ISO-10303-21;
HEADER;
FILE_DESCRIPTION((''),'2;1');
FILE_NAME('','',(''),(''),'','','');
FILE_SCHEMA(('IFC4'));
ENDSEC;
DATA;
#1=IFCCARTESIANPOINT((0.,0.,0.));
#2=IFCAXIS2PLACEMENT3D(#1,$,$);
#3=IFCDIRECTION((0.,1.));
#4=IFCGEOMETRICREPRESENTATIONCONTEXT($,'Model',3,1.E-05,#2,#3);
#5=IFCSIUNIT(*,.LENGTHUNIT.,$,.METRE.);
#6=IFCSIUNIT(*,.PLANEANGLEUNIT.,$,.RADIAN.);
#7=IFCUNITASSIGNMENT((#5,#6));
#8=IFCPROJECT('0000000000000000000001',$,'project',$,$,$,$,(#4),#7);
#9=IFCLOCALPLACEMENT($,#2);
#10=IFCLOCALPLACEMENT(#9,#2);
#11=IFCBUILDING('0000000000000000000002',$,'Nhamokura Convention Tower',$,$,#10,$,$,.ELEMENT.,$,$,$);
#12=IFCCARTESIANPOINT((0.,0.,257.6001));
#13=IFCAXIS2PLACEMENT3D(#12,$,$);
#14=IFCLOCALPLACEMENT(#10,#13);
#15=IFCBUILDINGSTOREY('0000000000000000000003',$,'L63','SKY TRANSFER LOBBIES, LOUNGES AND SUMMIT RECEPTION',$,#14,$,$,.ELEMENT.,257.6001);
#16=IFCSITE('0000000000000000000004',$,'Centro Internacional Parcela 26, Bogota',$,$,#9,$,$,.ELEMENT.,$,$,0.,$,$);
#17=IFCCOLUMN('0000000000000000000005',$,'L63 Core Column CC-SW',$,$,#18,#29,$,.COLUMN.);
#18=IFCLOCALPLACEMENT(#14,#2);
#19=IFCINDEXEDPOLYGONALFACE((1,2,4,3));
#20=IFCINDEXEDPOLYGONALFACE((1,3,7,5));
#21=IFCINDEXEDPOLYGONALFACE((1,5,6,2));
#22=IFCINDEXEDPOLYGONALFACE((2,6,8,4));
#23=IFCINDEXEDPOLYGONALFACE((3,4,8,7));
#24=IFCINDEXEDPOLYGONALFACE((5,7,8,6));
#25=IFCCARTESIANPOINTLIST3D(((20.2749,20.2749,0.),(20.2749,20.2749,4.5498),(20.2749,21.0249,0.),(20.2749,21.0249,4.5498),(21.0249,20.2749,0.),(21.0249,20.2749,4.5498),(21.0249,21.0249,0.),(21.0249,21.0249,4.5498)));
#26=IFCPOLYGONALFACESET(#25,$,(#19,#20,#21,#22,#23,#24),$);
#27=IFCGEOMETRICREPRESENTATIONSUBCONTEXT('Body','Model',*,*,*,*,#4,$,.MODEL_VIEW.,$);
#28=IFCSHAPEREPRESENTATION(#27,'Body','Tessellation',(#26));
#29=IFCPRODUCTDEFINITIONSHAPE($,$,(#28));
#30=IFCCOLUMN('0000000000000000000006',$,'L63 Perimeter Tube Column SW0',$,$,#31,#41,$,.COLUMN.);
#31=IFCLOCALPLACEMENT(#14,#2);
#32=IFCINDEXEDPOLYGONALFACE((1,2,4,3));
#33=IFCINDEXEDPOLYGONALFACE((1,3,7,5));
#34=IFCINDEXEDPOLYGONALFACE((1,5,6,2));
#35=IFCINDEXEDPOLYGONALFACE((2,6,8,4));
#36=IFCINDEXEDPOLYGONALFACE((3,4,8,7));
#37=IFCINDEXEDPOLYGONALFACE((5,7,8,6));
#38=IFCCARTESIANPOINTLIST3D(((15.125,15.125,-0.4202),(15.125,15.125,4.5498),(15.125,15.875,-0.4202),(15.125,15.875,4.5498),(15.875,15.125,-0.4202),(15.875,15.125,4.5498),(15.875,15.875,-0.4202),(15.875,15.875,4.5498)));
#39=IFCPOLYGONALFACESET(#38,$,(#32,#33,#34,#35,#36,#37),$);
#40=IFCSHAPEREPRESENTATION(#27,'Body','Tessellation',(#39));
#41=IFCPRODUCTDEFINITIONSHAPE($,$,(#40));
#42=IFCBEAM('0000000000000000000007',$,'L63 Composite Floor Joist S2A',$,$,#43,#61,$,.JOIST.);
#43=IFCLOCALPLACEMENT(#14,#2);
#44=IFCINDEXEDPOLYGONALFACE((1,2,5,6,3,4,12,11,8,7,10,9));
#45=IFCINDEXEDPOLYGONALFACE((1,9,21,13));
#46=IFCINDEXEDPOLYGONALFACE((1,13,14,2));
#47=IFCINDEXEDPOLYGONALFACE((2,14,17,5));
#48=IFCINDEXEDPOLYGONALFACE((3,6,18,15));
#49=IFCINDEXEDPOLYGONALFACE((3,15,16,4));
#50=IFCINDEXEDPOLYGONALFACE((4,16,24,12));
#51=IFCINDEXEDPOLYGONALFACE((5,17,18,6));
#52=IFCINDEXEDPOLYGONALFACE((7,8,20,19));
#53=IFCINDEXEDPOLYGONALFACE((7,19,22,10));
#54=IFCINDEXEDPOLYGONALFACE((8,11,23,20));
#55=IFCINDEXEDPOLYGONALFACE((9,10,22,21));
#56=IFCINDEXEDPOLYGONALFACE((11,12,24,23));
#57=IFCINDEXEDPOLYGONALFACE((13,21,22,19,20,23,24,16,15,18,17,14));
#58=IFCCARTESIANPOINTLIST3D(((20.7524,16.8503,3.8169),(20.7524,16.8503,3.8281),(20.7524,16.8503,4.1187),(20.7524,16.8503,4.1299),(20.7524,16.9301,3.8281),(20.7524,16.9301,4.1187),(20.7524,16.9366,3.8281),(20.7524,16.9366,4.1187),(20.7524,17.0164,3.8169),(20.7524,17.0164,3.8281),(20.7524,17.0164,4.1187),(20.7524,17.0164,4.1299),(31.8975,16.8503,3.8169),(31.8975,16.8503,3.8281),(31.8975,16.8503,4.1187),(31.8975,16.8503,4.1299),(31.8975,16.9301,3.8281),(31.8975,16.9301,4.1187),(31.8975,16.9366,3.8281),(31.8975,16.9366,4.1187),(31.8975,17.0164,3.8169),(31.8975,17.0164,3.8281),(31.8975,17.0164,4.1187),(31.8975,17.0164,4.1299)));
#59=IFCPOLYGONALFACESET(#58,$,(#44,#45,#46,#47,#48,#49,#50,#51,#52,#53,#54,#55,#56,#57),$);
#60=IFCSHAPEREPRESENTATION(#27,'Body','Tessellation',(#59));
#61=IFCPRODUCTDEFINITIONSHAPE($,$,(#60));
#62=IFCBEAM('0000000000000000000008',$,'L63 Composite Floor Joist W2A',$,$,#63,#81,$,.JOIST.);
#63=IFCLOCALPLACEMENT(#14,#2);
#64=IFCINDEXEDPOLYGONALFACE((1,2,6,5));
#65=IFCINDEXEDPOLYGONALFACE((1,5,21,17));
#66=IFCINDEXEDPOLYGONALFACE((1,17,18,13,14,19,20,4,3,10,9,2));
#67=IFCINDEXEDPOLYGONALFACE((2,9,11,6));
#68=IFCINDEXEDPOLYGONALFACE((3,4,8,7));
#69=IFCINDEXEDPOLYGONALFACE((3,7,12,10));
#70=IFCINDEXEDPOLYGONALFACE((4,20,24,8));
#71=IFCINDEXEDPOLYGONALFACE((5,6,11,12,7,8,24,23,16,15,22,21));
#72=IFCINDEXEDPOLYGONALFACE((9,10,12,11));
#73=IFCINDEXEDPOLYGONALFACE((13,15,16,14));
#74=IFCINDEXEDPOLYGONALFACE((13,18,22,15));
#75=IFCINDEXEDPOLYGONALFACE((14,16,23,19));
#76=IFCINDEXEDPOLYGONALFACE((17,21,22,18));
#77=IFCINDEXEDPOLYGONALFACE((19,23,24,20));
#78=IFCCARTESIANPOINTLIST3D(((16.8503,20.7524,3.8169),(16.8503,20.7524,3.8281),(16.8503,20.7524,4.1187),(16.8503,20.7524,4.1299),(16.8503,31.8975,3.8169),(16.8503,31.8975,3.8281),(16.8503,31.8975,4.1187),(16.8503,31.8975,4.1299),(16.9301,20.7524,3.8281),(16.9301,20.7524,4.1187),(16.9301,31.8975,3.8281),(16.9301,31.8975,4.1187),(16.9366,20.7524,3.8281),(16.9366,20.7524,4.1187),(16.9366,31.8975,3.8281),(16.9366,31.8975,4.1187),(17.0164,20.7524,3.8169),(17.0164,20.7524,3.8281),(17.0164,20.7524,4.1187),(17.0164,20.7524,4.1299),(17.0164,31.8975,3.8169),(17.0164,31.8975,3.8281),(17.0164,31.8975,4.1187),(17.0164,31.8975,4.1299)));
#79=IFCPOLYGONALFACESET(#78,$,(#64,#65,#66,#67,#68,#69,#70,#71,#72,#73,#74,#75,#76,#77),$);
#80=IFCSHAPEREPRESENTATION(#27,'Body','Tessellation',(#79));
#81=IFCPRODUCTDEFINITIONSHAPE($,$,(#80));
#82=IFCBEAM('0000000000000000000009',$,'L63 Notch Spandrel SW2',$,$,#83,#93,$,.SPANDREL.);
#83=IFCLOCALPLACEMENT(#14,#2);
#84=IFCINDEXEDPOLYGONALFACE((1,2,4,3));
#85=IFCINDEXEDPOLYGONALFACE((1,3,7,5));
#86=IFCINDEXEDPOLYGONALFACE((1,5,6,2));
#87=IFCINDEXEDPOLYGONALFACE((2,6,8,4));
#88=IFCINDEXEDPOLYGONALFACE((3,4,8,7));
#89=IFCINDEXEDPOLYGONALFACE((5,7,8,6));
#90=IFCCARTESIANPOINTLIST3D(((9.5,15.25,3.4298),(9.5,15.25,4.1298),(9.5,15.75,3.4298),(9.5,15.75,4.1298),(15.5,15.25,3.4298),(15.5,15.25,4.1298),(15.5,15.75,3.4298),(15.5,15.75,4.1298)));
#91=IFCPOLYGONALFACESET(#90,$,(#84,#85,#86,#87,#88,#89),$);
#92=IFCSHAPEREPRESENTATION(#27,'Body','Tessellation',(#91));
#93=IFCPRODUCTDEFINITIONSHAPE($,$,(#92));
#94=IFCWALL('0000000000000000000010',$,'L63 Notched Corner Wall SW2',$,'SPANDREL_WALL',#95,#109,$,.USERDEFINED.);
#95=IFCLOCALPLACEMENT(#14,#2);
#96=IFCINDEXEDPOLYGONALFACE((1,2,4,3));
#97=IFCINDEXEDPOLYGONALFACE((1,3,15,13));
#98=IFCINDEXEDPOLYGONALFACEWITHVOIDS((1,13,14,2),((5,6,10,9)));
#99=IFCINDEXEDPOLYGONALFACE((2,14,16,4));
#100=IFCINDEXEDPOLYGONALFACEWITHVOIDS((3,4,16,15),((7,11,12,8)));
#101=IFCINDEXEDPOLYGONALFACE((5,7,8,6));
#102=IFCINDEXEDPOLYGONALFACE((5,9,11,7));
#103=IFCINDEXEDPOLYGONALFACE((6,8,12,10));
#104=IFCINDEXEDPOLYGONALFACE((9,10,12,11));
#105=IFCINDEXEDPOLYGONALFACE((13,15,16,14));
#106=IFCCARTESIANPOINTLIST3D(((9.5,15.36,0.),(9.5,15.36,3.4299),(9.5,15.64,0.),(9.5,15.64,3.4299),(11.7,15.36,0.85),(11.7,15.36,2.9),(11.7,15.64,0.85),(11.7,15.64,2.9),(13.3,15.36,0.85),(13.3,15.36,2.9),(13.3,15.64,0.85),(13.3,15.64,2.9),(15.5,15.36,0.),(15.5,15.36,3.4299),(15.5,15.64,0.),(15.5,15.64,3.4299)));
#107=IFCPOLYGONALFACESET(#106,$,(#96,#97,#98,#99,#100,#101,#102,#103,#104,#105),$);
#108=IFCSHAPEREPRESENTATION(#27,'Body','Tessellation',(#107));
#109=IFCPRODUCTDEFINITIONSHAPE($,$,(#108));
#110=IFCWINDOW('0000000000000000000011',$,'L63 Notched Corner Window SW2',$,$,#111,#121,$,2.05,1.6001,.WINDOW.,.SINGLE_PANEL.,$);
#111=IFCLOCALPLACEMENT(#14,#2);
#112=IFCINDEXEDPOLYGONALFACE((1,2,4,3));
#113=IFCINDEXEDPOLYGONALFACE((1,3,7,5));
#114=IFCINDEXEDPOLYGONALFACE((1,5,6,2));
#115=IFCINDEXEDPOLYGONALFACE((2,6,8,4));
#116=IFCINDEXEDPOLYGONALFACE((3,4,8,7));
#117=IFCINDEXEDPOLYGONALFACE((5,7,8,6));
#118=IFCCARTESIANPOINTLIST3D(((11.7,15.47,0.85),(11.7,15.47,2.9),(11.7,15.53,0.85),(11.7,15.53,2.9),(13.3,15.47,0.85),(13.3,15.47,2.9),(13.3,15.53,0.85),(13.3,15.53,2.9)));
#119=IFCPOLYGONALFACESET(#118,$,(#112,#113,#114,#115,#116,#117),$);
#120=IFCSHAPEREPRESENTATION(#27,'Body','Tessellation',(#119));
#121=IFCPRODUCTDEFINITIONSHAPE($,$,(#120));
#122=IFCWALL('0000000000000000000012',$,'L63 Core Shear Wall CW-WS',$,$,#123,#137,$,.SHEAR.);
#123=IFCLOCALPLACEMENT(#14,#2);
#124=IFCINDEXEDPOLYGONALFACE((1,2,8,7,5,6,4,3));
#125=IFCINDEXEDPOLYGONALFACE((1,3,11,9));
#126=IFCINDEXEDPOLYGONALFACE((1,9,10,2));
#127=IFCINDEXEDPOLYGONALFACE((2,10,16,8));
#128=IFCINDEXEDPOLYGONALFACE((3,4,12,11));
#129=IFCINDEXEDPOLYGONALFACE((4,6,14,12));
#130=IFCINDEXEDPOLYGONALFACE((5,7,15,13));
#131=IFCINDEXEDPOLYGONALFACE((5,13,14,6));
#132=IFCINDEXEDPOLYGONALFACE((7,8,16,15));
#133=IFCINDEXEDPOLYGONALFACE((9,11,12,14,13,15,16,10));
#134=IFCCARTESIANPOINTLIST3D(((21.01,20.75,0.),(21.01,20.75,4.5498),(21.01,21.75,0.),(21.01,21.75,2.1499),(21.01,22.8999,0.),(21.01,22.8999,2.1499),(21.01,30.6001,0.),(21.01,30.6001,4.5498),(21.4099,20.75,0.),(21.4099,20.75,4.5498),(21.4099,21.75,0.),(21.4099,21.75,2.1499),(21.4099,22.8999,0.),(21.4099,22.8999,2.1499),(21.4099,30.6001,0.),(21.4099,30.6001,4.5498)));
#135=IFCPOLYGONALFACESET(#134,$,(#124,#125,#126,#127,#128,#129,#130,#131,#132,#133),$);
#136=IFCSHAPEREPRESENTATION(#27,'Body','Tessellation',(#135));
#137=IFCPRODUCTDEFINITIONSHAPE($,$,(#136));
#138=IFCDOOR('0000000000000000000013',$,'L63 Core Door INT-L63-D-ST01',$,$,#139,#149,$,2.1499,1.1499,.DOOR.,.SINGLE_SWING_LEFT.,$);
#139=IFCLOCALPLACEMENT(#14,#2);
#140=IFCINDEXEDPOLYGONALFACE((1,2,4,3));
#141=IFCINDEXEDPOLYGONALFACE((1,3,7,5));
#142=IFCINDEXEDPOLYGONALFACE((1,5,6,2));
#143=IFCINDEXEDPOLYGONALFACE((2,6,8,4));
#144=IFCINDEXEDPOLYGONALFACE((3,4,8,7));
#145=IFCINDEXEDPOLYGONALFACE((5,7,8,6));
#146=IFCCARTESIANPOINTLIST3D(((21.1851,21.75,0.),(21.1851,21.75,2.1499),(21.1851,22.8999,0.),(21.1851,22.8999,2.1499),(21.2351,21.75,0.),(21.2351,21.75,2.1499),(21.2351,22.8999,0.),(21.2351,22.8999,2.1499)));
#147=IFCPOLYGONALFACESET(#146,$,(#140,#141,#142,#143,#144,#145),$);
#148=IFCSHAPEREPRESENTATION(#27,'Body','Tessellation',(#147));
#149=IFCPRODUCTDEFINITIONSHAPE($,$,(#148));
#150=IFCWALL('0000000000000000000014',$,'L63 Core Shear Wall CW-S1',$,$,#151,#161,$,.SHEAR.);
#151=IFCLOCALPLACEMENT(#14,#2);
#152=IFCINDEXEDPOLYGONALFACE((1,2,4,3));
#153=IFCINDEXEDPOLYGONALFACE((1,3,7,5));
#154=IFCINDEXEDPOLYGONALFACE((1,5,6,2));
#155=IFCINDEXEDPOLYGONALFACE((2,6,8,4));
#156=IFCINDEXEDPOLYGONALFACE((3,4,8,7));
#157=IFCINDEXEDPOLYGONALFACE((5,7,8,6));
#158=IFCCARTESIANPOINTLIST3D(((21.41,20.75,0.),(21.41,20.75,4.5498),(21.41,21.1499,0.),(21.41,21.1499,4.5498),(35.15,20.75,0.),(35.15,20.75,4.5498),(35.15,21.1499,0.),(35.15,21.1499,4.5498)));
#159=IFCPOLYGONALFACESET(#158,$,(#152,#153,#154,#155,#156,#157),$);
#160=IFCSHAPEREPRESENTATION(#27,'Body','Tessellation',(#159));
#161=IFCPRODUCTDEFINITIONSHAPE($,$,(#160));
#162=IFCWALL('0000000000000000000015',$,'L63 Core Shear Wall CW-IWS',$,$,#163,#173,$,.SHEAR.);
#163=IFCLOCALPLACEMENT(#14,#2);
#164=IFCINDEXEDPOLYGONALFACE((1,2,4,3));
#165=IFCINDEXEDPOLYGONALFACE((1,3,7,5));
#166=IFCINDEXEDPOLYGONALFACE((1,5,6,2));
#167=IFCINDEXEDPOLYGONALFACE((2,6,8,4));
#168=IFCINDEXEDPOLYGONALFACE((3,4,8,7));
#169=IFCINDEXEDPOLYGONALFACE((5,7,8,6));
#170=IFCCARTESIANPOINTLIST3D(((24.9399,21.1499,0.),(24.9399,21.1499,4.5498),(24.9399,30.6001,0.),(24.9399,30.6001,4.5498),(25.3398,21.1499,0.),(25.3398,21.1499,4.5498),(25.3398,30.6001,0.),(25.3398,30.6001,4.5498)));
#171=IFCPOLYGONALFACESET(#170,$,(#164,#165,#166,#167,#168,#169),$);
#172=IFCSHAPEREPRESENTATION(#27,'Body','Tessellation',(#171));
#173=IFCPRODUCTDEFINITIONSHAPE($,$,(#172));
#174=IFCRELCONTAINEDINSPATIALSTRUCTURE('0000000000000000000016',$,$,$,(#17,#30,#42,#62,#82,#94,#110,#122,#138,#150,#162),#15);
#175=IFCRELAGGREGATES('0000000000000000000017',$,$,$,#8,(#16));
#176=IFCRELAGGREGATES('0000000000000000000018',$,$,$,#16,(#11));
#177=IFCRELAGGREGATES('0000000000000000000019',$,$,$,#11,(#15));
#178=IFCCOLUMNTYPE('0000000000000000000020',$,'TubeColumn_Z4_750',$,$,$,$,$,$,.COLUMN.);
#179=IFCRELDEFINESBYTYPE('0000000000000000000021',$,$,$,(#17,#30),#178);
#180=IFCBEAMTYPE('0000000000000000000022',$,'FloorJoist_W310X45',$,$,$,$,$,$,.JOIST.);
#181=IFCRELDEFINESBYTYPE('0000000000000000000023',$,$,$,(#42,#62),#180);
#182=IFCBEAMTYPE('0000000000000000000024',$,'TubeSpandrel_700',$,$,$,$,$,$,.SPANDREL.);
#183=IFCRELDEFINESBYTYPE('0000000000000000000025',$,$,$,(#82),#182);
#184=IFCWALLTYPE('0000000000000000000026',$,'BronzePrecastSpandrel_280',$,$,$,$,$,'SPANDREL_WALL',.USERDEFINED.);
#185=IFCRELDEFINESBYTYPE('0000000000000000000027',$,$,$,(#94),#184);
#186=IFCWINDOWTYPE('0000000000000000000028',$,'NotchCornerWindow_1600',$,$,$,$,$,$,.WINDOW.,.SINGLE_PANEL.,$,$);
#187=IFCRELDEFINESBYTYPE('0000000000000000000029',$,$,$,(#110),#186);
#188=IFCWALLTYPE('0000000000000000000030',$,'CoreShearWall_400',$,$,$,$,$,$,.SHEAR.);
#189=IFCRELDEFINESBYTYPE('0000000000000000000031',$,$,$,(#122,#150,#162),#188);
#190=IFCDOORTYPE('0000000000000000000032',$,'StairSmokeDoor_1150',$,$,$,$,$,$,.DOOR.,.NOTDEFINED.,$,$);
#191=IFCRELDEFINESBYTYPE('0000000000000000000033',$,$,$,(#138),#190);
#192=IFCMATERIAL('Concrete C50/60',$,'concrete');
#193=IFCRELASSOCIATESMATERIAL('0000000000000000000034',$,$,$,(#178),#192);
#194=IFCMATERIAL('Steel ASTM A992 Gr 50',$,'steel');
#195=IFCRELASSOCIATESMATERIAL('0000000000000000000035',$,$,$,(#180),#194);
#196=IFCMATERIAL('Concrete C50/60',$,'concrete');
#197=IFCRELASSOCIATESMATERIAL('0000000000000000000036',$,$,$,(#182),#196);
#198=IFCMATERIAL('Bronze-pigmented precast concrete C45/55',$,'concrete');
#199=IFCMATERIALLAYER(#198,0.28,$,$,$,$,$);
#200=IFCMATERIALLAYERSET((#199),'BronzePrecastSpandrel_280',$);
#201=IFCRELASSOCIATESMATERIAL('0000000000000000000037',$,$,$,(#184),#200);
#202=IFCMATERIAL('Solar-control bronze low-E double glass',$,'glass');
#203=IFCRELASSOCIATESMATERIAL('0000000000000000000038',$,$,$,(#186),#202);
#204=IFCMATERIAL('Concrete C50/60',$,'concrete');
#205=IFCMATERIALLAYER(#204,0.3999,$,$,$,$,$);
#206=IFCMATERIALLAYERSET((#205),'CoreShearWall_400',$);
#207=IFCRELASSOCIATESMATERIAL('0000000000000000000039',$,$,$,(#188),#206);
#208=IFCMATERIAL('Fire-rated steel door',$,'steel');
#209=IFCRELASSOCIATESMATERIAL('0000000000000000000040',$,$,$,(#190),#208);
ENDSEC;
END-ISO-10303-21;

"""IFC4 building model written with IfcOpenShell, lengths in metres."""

from ifc_helpers import new_model, si_unit, direction, frame, frame_2d, origin, origin_2d, place, context, subcontext, project, spatial, rectangle, i_section, extrude, material, layer, layer_set, material_profile, profile_set, type_object, element, fill, save


model = new_model("IFC4")

# Units and contexts
model_context = context("Model", 3, precision=1e-05, world=origin(), true_north=direction((0.0, 1.0)))
body_context = subcontext(model_context, "Body", "Model", "MODEL_VIEW")
ifc_project = project(units=[si_unit("LENGTHUNIT", "METRE"), si_unit("PLANEANGLEUNIT", "RADIAN")], contexts=[model_context])

# Site, building, storey
site_placement = place(None, origin())
site = spatial("IfcSite", under=ifc_project, at=site_placement, Name="Centro Internacional Parcela 26, Bogota", CompositionType="ELEMENT", RefElevation=0.0)
building_placement = place(site_placement, origin())
building = spatial("IfcBuilding", under=site, at=building_placement, Name="Nhamokura Convention Tower", CompositionType="ELEMENT")
storey_placement = place(building_placement, frame((0.0, 0.0, 257.6001)))
storey = spatial("IfcBuildingStorey", under=building, at=storey_placement, Name="L63", Description="SKY TRANSFER LOBBIES, LOUNGES AND SUMMIT RECEPTION", CompositionType="ELEMENT", Elevation=257.6001)

# Columns
ifc_material_1 = material(Name="Concrete C50/60", Category="concrete")
ifc_material_profile_1 = material_profile(ifc_material_1, rectangle(XDim=0.75, YDim=0.75, at=origin_2d()))
ifc_profile_set_1 = profile_set([ifc_material_profile_1], Name="Concrete C50/60")
column_type = type_object("IfcColumnType", Name="TubeColumn_Z4_750", PredefinedType="COLUMN", material=ifc_profile_set_1)
column_1_placement = place(storey_placement, frame((20.6499, 20.6499, 0.0), z_axis=(0.0, 0.0, 1.0), x_axis=(1.0, 0.0, 0.0)))
element("IfcColumn", 1, at=column_1_placement, inside=storey, type_object=column_type, Name="L63 Core Column CC-SW", PredefinedType="COLUMN", context=body_context, shape_type="SweptSolid", body=[
    extrude(rectangle(XDim=0.75, YDim=0.75, at=origin_2d()), origin(), (0.0, 0.0, 1.0), 4.5498),
])
column_2_placement = place(storey_placement, frame((15.5, 15.5, -0.4202), z_axis=(0.0, 0.0, 1.0), x_axis=(1.0, 0.0, 0.0)))
element("IfcColumn", 2, at=column_2_placement, inside=storey, type_object=column_type, Name="L63 Perimeter Tube Column SW0", PredefinedType="COLUMN", context=body_context, shape_type="SweptSolid", body=[
    extrude(rectangle(XDim=0.75, YDim=0.75, at=origin_2d()), origin(), (0.0, 0.0, 1.0), 4.97),
])

# Beams
ifc_material_2 = material(Name="Steel ASTM A992 Gr 50", Category="steel")
ifc_material_profile_2 = material_profile(ifc_material_2, i_section(OverallWidth=0.166, OverallDepth=0.313, WebThickness=0.0066, FlangeThickness=0.0112, at=origin_2d()))
ifc_profile_set_2 = profile_set([ifc_material_profile_2], Name="Steel ASTM A992 Gr 50")
beam_type_1 = type_object("IfcBeamType", Name="FloorJoist_W310X45", PredefinedType="JOIST", material=ifc_profile_set_2)
for number, where, z_axis, x_axis, name in (
    (3, (20.7524, 16.9333, 3.9734), (1.0, 0.0, 0.0), (0.0, 1.0, 0.0), "L63 Composite Floor Joist S2A"),
    (4, (16.9333, 20.7524, 3.9734), (0.0, 1.0, 0.0), (-1.0, 0.0, 0.0), "L63 Composite Floor Joist W2A"),
):
    element("IfcBeam", number, at=place(storey_placement, frame(where, z_axis=z_axis, x_axis=x_axis)), inside=storey, type_object=beam_type_1, Name=name, PredefinedType="JOIST", context=body_context, shape_type="SweptSolid", body=[
        extrude(i_section(OverallWidth=0.166, OverallDepth=0.313, WebThickness=0.0066, FlangeThickness=0.0112, at=origin_2d()), origin(), (0.0, 0.0, 1.0), 11.145),
    ])
ifc_material_3 = material(Name="Concrete C50/60", Category="concrete")
ifc_material_profile_3 = material_profile(ifc_material_3, rectangle(XDim=0.5, YDim=0.7, at=origin_2d()))
ifc_profile_set_3 = profile_set([ifc_material_profile_3], Name="Concrete C50/60")
beam_type_2 = type_object("IfcBeamType", Name="TubeSpandrel_700", PredefinedType="SPANDREL", material=ifc_profile_set_3)
beam_placement = place(storey_placement, frame((15.5, 15.5, 3.7798), z_axis=(-1.0, 0.0, 0.0), x_axis=(0.0, -1.0, 0.0)))
element("IfcBeam", 5, at=beam_placement, inside=storey, type_object=beam_type_2, Name="L63 Notch Spandrel SW2", PredefinedType="SPANDREL", context=body_context, shape_type="SweptSolid", body=[
    extrude(rectangle(XDim=0.5, YDim=0.7, at=origin_2d()), origin(), (0.0, 0.0, 1.0), 6.0),
])

# Wall, opening, window
ifc_material_4 = material(Name="Bronze-pigmented precast concrete C45/55", Category="concrete")
ifc_layer_1 = layer(ifc_material_4, 0.28)
ifc_layer_set_1 = layer_set([ifc_layer_1], Name="BronzePrecastSpandrel_280")
wall_type_1 = type_object("IfcWallType", Name="BronzePrecastSpandrel_280", ElementType="SPANDREL_WALL", PredefinedType="USERDEFINED", material=ifc_layer_set_1)
wall_1_placement = place(storey_placement, frame((15.5, 15.5, 0.0), z_axis=(0.0, 0.0, 1.0), x_axis=(-1.0, 0.0, 0.0)))
wall_1 = element("IfcWall", 6, at=wall_1_placement, inside=storey, type_object=wall_type_1, Name="L63 Notched Corner Wall SW2", ObjectType="SPANDREL_WALL", PredefinedType="USERDEFINED", context=body_context, shape_type="SweptSolid", body=[
    extrude(rectangle(XDim=6.0, YDim=0.28, at=frame_2d((3.0, 0.0))), origin(), (0.0, 0.0, 1.0), 3.4299),
])
opening_1_placement = place(wall_1_placement, frame((2.2, 0.0, 0.8501)))
opening_1 = element("IfcOpeningElement", 7, at=opening_1_placement, cuts=wall_1, PredefinedType="OPENING", context=body_context, shape_type="SweptSolid", body=[
    extrude(rectangle(XDim=1.6001, YDim=2.05, at=frame_2d((0.8, 1.0249))), frame((0.0, 0.1499, 0.0), z_axis=(0.0, -1.0, 0.0), x_axis=(1.0, 0.0, 0.0)), (0.0, 0.0, 1.0), 0.3),
])
ifc_material_5 = material(Name="Solar-control bronze low-E double glass", Category="glass")
window_type = type_object("IfcWindowType", Name="NotchCornerWindow_1600", PartitioningType="SINGLE_PANEL", PredefinedType="WINDOW", material=ifc_material_5)
window_placement = place(opening_1_placement, origin())
window = element("IfcWindow", 8, at=window_placement, inside=storey, type_object=window_type, Name="L63 Notched Corner Window SW2", OverallHeight=2.05, OverallWidth=1.6001, PartitioningType="SINGLE_PANEL", PredefinedType="WINDOW", context=body_context, shape_type="SweptSolid", body=[
    extrude(rectangle(XDim=1.6001, YDim=2.05, at=frame_2d((0.8, 1.0249))), frame((0.0, 0.03, 0.0), z_axis=(0.0, -1.0, 0.0), x_axis=(1.0, 0.0, 0.0)), (0.0, 0.0, 1.0), 0.0601),
])
fill(opening_1, window)

# Wall, opening, door
ifc_material_6 = material(Name="Concrete C50/60", Category="concrete")
ifc_layer_2 = layer(ifc_material_6, 0.3999)
ifc_layer_set_2 = layer_set([ifc_layer_2], Name="CoreShearWall_400")
wall_type_2 = type_object("IfcWallType", Name="CoreShearWall_400", PredefinedType="SHEAR", material=ifc_layer_set_2)
wall_2_placement = place(storey_placement, frame((21.21, 20.75, 0.0), z_axis=(0.0, 0.0, 1.0), x_axis=(0.0, 1.0, 0.0)))
wall_2 = element("IfcWall", 9, at=wall_2_placement, inside=storey, type_object=wall_type_2, Name="L63 Core Shear Wall CW-WS", PredefinedType="SHEAR", context=body_context, shape_type="SweptSolid", body=[
    extrude(rectangle(XDim=9.8501, YDim=0.3999, at=frame_2d((4.925, 0.0))), origin(), (0.0, 0.0, 1.0), 4.5498),
])
opening_2_placement = place(wall_2_placement, frame((1.0, 0.0, 0.0)))
opening_2 = element("IfcOpeningElement", 10, at=opening_2_placement, cuts=wall_2, PredefinedType="OPENING", context=body_context, shape_type="SweptSolid", body=[
    extrude(rectangle(XDim=1.1499, YDim=2.1499, at=frame_2d((0.575, 1.075))), frame((0.0, 0.21, 0.0), z_axis=(0.0, -1.0, 0.0), x_axis=(1.0, 0.0, 0.0)), (0.0, 0.0, 1.0), 0.4199),
])
ifc_material_7 = material(Name="Fire-rated steel door", Category="steel")
door_type_1 = type_object("IfcDoorType", Name="StairSmokeDoor_1150", OperationType="NOTDEFINED", PredefinedType="DOOR", material=ifc_material_7)
door_1_placement = place(opening_2_placement, origin())
door_1 = element("IfcDoor", 11, at=door_1_placement, inside=storey, type_object=door_type_1, Name="L63 Core Door INT-L63-D-ST01", OperationType="SINGLE_SWING_LEFT", OverallHeight=2.1499, OverallWidth=1.1499, PredefinedType="DOOR", context=body_context, shape_type="SweptSolid", body=[
    extrude(rectangle(XDim=1.1499, YDim=2.1499, at=frame_2d((0.575, 1.075))), frame((0.0, 0.0249, 0.0), z_axis=(0.0, -1.0, 0.0), x_axis=(1.0, 0.0, 0.0)), (0.0, 0.0, 1.0), 0.05),
])
fill(opening_2, door_1)

# Walls
wall_3_placement = place(storey_placement, frame((21.4099, 20.95, 0.0), z_axis=(0.0, 0.0, 1.0), x_axis=(1.0, 0.0, 0.0)))
element("IfcWall", 12, at=wall_3_placement, inside=storey, type_object=wall_type_2, Name="L63 Core Shear Wall CW-S1", PredefinedType="SHEAR", context=body_context, shape_type="SweptSolid", body=[
    extrude(rectangle(XDim=13.74, YDim=0.3999, at=frame_2d((6.8701, 0.0))), origin(), (0.0, 0.0, 1.0), 4.5498),
])
wall_4_placement = place(storey_placement, frame((25.1399, 21.1499, 0.0), z_axis=(0.0, 0.0, 1.0), x_axis=(0.0, 1.0, 0.0)))
element("IfcWall", 13, at=wall_4_placement, inside=storey, type_object=wall_type_2, Name="L63 Core Shear Wall CW-IWS", PredefinedType="SHEAR", context=body_context, shape_type="SweptSolid", body=[
    extrude(rectangle(XDim=9.4502, YDim=0.3999, at=frame_2d((4.7251, 0.0))), origin(), (0.0, 0.0, 1.0), 4.5498),
])

save(model, "model.ifc")
